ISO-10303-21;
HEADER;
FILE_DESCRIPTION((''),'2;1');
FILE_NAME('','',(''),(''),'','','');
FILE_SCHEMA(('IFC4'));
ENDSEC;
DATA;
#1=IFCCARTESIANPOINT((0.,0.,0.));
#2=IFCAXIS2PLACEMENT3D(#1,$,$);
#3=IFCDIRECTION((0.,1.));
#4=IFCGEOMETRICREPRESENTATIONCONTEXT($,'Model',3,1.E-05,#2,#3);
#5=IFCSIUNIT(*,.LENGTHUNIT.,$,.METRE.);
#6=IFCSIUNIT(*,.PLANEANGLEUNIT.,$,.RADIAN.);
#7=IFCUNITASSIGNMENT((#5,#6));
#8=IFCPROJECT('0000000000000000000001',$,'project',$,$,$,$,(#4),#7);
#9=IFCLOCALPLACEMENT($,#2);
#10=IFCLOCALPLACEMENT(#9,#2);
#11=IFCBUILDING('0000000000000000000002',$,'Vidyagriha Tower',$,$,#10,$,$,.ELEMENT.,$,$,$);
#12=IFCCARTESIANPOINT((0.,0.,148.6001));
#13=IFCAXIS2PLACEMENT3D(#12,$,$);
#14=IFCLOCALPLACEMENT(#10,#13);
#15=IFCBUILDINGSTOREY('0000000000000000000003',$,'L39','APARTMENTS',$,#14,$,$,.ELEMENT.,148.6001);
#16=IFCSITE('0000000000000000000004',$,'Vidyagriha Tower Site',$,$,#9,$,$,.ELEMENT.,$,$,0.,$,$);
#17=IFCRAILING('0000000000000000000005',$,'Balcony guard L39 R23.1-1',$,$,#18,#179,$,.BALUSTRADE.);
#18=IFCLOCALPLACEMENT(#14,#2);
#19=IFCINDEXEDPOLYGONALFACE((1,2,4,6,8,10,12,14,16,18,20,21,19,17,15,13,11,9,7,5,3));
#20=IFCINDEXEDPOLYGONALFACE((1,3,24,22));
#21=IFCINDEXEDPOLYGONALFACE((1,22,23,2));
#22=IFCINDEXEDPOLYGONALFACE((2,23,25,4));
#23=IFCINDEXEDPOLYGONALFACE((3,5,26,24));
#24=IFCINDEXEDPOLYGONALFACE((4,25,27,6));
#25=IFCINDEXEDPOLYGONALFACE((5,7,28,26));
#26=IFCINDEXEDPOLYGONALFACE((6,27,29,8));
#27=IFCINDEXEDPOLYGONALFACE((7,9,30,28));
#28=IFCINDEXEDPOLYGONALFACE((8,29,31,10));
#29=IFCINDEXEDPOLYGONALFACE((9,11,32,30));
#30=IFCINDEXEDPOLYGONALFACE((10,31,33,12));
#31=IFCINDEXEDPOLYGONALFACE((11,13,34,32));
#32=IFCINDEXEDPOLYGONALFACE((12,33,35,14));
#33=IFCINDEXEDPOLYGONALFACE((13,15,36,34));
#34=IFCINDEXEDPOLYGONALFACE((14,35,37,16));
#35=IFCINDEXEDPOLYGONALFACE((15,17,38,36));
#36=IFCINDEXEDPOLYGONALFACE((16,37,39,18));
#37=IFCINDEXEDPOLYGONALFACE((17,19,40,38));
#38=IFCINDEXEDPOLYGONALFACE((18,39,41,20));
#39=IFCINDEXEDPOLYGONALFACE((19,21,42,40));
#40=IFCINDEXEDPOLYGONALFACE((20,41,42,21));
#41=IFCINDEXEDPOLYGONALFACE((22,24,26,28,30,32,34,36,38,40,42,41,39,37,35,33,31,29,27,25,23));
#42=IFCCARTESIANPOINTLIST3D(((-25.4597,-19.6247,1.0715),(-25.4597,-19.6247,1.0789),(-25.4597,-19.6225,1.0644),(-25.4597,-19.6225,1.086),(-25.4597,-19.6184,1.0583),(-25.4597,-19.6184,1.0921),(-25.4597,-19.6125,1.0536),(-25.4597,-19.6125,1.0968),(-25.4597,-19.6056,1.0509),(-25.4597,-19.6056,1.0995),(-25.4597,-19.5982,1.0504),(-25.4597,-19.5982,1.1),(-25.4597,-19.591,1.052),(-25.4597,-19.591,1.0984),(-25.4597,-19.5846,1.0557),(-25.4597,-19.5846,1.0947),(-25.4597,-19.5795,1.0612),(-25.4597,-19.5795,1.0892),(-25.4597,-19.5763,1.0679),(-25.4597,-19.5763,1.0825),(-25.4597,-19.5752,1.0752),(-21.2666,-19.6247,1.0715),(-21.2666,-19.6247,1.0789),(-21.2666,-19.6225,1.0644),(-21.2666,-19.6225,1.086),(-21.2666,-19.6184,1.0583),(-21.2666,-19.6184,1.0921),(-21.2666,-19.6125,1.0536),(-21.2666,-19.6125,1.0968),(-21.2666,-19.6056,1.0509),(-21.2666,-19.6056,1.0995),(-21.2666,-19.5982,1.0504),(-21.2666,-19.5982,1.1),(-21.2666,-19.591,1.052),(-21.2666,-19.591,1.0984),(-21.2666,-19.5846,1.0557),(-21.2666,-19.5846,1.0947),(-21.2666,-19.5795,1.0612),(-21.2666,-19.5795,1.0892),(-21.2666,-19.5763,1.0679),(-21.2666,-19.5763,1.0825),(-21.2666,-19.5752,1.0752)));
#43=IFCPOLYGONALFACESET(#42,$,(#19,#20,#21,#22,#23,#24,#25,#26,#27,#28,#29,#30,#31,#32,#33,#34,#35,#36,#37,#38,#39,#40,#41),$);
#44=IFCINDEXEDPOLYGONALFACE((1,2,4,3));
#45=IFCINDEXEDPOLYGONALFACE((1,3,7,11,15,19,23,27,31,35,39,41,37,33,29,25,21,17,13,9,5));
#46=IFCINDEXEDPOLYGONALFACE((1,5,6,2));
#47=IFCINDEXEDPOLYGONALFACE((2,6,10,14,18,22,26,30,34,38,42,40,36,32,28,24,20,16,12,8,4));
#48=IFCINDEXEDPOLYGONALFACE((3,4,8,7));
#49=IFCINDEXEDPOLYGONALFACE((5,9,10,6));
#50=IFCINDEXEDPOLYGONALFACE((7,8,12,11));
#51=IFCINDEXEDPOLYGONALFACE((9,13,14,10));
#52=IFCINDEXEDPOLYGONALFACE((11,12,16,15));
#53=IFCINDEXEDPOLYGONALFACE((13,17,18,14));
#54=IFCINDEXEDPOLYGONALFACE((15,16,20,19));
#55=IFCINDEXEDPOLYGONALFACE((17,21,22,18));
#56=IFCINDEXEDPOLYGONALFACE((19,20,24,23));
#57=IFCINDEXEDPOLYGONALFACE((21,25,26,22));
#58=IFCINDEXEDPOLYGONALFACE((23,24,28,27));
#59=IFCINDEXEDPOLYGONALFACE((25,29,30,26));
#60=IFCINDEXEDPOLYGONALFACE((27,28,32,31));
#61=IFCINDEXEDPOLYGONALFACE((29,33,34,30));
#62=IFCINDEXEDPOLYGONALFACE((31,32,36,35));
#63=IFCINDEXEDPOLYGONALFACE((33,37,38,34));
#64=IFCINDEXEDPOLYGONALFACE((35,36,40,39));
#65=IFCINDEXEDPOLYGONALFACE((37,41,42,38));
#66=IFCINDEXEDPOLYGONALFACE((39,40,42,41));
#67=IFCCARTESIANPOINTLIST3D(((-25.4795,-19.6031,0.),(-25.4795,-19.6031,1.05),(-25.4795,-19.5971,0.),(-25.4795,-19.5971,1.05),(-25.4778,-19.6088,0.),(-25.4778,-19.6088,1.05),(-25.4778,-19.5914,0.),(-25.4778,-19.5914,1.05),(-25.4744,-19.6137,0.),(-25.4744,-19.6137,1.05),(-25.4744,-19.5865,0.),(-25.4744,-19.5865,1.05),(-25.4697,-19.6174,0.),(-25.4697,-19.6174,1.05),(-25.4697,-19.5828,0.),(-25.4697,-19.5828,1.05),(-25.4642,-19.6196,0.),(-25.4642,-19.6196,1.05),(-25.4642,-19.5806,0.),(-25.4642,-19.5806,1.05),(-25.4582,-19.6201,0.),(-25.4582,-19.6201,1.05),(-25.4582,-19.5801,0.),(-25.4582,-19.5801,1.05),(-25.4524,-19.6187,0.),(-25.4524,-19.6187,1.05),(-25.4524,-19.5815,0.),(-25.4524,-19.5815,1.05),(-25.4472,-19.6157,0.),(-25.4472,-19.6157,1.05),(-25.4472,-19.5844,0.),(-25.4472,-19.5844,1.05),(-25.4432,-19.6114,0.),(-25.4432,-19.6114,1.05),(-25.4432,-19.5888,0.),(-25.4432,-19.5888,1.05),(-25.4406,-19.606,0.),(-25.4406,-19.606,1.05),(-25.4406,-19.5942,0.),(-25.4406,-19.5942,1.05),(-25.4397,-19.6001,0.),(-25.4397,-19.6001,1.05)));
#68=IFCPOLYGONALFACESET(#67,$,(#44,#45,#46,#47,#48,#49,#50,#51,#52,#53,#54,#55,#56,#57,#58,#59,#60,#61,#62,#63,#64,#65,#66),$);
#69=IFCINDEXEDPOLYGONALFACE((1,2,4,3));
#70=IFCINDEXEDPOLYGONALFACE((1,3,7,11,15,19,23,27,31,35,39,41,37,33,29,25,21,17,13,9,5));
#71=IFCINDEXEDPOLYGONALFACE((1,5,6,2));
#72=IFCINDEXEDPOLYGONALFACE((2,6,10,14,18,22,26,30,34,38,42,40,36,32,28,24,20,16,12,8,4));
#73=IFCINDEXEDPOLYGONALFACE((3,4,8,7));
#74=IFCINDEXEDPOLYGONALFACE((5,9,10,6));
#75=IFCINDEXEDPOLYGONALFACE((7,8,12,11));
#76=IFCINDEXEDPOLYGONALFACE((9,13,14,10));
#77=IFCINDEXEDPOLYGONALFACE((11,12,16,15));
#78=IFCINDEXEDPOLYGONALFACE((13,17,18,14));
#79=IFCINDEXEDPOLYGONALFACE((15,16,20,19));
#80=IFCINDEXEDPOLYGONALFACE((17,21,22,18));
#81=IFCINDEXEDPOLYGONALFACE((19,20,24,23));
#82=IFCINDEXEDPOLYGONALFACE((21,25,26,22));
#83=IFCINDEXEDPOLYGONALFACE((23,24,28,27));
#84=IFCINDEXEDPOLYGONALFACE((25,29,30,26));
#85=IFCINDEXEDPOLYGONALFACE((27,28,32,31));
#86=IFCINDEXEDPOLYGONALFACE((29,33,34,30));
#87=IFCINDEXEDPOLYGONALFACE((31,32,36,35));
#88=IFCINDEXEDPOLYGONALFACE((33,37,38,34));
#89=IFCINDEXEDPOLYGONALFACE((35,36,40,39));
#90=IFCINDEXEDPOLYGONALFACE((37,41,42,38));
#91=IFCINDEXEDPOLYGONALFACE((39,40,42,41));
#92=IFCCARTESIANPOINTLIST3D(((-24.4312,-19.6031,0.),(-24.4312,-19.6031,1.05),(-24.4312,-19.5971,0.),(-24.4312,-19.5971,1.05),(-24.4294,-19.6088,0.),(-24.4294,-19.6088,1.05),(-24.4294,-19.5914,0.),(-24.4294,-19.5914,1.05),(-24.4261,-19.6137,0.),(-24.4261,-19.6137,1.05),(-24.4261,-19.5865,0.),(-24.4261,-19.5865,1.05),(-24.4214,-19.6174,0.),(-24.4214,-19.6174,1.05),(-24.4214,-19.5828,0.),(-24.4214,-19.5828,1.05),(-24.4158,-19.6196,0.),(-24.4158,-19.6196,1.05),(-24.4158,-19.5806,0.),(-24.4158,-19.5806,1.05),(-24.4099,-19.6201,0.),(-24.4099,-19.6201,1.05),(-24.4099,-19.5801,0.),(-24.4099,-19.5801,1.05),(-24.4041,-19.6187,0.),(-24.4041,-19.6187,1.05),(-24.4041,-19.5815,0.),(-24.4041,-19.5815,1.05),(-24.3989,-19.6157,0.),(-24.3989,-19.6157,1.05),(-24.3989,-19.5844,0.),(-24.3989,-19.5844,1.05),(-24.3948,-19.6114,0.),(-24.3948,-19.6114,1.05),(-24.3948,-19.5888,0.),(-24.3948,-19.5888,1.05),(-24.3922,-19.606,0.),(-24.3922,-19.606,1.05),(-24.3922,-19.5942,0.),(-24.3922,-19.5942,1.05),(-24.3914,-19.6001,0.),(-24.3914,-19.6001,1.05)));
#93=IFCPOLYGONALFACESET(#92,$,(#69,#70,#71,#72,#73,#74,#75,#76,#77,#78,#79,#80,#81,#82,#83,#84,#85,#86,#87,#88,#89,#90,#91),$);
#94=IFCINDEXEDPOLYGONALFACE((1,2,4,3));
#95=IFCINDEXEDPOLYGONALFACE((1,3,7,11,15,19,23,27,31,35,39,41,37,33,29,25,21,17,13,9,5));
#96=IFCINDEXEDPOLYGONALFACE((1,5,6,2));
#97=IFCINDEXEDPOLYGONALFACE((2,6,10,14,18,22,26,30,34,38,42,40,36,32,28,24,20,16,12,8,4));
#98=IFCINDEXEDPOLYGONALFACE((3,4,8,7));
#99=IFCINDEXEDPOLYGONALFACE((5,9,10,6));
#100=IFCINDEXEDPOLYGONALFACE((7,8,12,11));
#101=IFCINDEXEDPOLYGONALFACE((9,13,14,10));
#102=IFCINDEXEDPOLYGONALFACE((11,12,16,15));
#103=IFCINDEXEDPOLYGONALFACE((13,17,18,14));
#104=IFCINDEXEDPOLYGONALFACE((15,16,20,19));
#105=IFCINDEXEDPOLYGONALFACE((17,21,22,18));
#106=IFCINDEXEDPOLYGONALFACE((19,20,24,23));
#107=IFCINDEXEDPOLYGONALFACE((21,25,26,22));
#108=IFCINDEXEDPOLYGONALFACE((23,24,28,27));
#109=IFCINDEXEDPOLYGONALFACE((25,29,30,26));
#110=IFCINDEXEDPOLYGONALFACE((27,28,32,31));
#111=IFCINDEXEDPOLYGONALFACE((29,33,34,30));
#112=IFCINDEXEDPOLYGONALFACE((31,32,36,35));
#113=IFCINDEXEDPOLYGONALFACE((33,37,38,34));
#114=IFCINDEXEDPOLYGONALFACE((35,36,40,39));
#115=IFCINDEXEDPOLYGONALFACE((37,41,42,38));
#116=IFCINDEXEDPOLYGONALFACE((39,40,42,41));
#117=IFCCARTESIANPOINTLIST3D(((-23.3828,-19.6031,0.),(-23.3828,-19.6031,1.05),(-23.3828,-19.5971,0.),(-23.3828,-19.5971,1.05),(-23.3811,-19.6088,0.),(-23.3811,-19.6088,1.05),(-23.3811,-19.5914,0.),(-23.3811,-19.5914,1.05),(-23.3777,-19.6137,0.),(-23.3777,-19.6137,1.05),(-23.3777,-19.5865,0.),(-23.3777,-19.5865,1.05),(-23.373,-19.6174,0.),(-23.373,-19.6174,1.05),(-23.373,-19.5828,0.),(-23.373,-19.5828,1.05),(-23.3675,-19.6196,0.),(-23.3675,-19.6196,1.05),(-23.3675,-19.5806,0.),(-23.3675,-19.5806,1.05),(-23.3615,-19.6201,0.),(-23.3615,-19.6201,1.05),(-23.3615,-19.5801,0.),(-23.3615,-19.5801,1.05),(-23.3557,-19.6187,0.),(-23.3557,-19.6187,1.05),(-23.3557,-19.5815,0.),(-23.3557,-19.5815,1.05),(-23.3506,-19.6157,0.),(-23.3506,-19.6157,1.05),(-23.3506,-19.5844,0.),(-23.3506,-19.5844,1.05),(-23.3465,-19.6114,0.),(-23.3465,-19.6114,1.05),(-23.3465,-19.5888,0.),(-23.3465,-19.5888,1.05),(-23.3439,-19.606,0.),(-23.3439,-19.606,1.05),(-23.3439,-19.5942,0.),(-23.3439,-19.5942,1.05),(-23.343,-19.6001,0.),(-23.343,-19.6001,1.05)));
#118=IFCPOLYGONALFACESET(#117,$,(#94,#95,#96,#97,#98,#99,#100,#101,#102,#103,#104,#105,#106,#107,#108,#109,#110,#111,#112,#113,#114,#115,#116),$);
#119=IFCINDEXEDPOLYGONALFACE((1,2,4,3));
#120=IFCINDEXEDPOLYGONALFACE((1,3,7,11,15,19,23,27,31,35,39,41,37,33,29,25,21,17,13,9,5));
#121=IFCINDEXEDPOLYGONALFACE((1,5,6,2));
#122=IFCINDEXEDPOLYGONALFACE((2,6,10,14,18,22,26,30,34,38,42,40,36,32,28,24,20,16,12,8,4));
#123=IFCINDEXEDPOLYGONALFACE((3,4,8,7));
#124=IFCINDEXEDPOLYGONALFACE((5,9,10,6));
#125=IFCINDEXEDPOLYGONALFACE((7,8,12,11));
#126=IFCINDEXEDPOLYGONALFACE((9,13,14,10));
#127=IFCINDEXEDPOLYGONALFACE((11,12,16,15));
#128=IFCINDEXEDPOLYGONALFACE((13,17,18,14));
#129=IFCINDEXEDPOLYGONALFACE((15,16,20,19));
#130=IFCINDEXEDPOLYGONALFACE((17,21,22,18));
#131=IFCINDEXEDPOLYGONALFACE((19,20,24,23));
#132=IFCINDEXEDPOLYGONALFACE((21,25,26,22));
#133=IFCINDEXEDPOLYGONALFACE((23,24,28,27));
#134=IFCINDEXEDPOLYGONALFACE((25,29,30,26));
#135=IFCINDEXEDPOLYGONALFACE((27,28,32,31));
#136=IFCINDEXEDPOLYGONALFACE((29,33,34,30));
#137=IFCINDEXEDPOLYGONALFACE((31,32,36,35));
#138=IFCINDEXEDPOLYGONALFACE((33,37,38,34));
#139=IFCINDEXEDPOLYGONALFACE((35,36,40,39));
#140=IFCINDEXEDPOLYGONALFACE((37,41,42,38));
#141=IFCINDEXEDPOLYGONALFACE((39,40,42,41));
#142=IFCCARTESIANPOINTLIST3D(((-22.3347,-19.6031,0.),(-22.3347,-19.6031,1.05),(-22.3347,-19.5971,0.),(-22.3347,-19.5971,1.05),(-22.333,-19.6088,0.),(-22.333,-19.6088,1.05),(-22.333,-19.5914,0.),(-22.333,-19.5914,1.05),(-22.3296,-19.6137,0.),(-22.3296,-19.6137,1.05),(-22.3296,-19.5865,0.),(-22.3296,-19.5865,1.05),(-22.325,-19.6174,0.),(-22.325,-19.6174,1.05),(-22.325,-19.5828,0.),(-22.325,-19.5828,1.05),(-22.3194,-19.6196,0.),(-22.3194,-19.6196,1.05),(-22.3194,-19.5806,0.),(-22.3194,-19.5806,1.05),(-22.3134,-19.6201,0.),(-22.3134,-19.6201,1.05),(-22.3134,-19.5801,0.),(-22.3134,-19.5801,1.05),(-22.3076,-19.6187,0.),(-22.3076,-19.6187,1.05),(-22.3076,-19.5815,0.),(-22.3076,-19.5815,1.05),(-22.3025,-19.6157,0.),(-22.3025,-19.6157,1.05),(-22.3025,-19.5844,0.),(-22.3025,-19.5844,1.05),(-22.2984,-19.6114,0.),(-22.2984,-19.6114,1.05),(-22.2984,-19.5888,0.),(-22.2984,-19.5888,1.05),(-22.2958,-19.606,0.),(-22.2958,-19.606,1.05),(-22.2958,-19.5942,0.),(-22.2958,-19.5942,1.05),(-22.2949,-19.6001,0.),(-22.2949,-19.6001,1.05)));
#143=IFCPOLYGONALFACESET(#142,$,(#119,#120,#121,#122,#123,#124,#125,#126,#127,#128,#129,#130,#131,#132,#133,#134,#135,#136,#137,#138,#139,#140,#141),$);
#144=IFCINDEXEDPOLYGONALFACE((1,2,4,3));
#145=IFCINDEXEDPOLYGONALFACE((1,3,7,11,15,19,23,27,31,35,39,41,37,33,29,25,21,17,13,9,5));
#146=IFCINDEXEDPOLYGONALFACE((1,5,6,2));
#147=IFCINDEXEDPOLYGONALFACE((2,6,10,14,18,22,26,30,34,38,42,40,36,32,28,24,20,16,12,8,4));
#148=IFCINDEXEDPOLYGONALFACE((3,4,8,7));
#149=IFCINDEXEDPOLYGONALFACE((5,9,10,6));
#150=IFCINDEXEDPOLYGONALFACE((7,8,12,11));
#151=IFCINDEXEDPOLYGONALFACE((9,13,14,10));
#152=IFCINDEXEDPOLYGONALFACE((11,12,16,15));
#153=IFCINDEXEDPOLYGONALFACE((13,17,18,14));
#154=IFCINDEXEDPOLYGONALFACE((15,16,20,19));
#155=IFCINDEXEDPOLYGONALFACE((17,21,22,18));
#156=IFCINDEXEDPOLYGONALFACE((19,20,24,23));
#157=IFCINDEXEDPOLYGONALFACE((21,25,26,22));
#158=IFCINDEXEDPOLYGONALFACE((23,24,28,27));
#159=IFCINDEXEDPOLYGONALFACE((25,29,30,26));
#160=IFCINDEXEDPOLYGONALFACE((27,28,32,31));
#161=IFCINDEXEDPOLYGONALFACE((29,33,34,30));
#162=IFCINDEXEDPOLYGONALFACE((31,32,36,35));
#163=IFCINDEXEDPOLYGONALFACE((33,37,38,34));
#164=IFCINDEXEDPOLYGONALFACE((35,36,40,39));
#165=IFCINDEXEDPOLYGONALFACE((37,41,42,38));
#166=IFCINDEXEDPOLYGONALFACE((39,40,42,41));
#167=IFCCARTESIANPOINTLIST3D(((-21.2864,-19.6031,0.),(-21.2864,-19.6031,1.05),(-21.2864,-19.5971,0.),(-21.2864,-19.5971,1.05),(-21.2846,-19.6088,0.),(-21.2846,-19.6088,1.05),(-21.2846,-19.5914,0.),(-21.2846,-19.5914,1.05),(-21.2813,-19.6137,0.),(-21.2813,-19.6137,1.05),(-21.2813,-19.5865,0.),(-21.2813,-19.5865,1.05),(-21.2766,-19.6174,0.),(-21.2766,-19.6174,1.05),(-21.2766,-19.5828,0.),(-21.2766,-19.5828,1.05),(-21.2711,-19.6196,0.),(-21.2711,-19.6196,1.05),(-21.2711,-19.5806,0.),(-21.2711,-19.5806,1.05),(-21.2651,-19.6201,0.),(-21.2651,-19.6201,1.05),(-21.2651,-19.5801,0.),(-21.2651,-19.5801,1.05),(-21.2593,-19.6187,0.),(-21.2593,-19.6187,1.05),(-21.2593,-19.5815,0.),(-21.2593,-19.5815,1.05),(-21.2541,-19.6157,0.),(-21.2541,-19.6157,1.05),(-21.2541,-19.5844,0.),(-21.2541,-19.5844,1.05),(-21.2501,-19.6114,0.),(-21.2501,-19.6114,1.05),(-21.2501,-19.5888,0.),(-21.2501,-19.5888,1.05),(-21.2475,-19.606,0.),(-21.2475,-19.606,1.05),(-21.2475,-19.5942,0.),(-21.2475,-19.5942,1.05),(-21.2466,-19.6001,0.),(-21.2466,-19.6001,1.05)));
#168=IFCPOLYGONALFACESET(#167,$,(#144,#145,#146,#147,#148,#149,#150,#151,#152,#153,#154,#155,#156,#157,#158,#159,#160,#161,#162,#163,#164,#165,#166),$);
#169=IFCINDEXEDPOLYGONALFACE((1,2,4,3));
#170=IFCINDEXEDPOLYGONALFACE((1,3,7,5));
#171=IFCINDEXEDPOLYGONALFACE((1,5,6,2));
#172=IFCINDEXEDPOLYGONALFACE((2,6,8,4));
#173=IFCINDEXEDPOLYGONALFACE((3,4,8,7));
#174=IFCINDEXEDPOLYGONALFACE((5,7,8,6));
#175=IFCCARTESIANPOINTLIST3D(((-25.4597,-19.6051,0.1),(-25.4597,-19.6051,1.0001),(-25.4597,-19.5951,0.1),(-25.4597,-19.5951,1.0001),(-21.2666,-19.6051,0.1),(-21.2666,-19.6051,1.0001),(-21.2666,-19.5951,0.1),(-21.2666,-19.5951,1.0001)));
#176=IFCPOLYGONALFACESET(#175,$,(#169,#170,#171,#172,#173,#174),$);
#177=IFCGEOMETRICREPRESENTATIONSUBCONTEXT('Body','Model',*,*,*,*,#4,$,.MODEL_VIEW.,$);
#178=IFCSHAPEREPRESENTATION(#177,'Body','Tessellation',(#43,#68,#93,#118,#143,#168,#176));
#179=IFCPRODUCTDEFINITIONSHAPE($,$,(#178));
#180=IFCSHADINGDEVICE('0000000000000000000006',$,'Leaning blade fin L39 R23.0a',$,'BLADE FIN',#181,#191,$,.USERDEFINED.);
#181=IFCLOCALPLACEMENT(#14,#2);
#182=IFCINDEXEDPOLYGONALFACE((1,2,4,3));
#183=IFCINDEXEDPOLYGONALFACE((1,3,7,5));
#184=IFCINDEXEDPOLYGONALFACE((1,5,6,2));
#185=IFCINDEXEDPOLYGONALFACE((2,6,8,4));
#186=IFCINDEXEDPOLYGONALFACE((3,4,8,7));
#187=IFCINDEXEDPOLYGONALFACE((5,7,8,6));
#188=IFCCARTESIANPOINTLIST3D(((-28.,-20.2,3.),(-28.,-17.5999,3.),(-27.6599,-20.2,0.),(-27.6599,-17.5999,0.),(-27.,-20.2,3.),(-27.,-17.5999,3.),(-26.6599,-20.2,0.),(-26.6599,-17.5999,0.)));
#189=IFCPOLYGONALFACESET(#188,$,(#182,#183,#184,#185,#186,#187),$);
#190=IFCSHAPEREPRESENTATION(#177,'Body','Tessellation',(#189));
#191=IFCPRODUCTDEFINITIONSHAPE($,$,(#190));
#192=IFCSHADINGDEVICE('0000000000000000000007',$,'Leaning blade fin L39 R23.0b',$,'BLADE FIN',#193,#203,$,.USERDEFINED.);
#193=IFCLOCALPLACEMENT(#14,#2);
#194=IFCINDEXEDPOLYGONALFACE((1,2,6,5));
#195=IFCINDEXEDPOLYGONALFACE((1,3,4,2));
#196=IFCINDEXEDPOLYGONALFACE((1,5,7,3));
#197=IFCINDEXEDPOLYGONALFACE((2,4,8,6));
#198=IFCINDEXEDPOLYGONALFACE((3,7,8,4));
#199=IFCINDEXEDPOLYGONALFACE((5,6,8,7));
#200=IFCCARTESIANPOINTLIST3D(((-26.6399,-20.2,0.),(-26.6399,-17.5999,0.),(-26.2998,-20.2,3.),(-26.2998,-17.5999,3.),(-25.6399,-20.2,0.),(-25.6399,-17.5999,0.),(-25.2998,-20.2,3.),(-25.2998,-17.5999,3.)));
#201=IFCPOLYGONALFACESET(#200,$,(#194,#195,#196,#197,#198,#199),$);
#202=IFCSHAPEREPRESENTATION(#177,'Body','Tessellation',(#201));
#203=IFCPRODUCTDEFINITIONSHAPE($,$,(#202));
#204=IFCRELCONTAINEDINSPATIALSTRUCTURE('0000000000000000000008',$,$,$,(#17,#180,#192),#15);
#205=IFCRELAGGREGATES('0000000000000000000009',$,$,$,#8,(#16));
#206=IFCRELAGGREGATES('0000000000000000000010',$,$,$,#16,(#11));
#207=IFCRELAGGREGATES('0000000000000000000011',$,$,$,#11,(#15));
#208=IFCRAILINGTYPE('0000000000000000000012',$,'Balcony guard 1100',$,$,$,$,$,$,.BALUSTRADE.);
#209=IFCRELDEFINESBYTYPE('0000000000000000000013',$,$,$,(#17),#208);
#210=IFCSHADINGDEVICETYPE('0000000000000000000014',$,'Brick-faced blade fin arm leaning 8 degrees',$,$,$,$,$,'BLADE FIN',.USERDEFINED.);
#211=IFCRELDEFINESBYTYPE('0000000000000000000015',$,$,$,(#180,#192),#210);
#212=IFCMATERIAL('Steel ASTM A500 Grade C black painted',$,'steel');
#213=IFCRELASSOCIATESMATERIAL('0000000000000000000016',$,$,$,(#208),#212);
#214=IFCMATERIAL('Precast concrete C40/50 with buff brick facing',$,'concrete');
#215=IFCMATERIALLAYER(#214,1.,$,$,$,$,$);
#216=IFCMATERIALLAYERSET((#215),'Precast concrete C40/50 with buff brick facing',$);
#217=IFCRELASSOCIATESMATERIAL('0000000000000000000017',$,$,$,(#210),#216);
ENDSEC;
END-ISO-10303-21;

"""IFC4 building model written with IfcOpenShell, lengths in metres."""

from ifc_helpers import new_model, si_unit, direction, frame, origin, origin_2d, place, context, subcontext, project, spatial, polyline, rectangle, circle, outline, extrude, material, layer, layer_set, type_object, element, save


model = new_model("IFC4")

# Units and contexts
model_context = context("Model", 3, precision=1e-05, world=origin(), true_north=direction((0.0, 1.0)))
body_context = subcontext(model_context, "Body", "Model", "MODEL_VIEW")
ifc_project = project(units=[si_unit("LENGTHUNIT", "METRE"), si_unit("PLANEANGLEUNIT", "RADIAN")], contexts=[model_context])

# Site, building, storey
site_placement = place(None, origin())
site = spatial("IfcSite", under=ifc_project, at=site_placement, Name="Vidyagriha Tower Site", CompositionType="ELEMENT", RefElevation=0.0)
building_placement = place(site_placement, origin())
building = spatial("IfcBuilding", under=site, at=building_placement, Name="Vidyagriha Tower", CompositionType="ELEMENT")
storey_placement = place(building_placement, frame((0.0, 0.0, 148.6001)))
storey = spatial("IfcBuildingStorey", under=building, at=storey_placement, Name="L39", Description="APARTMENTS", CompositionType="ELEMENT", Elevation=148.6001)

# Railing
ifc_material_1 = material(Name="Steel ASTM A500 Grade C black painted", Category="steel")
railing_type_1 = type_object("IfcRailingType", Name="Balcony guard 1100", PredefinedType="BALUSTRADE", material=ifc_material_1)
railing_1_placement = place(storey_placement, frame((-25.4597, -19.6001, 0.0)))
element("IfcRailing", 1, at=railing_1_placement, inside=storey, type_object=railing_type_1, Name="Balcony guard L39 R23.1-1", PredefinedType="BALUSTRADE", context=body_context, shape_type="SweptSolid", body=[
    extrude(circle(Radius=0.0249, at=origin_2d()), frame((0.0, 0.0, 1.0752), z_axis=(1.0, 0.0, 0.0), x_axis=(0.0, 1.0, 0.0)), (0.0, 0.0, 1.0), 4.1931),
    extrude(circle(Radius=0.02, at=origin_2d()), origin(), (0.0, 0.0, 1.0), 1.05),
    extrude(circle(Radius=0.02, at=origin_2d()), frame((1.0483, 0.0, 0.0)), (0.0, 0.0, 1.0), 1.05),
    extrude(circle(Radius=0.02, at=origin_2d()), frame((2.0967, 0.0, 0.0)), (0.0, 0.0, 1.0), 1.05),
    extrude(circle(Radius=0.02, at=origin_2d()), frame((3.1448, 0.0, 0.0)), (0.0, 0.0, 1.0), 1.05),
    extrude(circle(Radius=0.02, at=origin_2d()), frame((4.1931, 0.0, 0.0)), (0.0, 0.0, 1.0), 1.05),
    extrude(rectangle(XDim=0.01, YDim=0.9001, at=origin_2d()), frame((0.0, 0.0, 0.55), z_axis=(1.0, 0.0, 0.0), x_axis=(0.0, 1.0, 0.0)), (0.0, 0.0, 1.0), 4.1931),
])

# Shading devices
ifc_material_2 = material(Name="Precast concrete C40/50 with buff brick facing", Category="concrete")
ifc_layer_1 = layer(ifc_material_2, 1.0)
ifc_layer_set_1 = layer_set([ifc_layer_1], Name="Precast concrete C40/50 with buff brick facing")
shading_device_type = type_object("IfcShadingDeviceType", Name="Brick-faced blade fin arm leaning 8 degrees", ElementType="BLADE FIN", PredefinedType="USERDEFINED", material=ifc_layer_set_1)
shading_device_1_placement = place(storey_placement, frame((-28.0, -18.8999, 0.0)))
element("IfcShadingDevice", 2, at=shading_device_1_placement, inside=storey, type_object=shading_device_type, Name="Leaning blade fin L39 R23.0a", ObjectType="BLADE FIN", PredefinedType="USERDEFINED", context=body_context, shape_type="SweptSolid", body=[
    extrude(outline(polyline([(0.3401, 0.0), (1.3401, 0.0), (1.0, 3.0), (0.0, 3.0), (0.3401, 0.0)])), frame((0.0, 1.3, 0.0), z_axis=(0.0, -1.0, 0.0), x_axis=(1.0, 0.0, 0.0)), (0.0, 0.0, 1.0), 2.6001),
])
shading_device_2_placement = place(storey_placement, frame((-26.6399, -18.8999, 0.0)))
element("IfcShadingDevice", 3, at=shading_device_2_placement, inside=storey, type_object=shading_device_type, Name="Leaning blade fin L39 R23.0b", ObjectType="BLADE FIN", PredefinedType="USERDEFINED", context=body_context, shape_type="SweptSolid", body=[
    extrude(outline(polyline([(0.0, 0.0), (1.0, 0.0), (1.3401, 3.0), (0.3401, 3.0), (0.0, 0.0)])), frame((0.0, 1.3, 0.0), z_axis=(0.0, -1.0, 0.0), x_axis=(1.0, 0.0, 0.0)), (0.0, 0.0, 1.0), 2.6001),
])

save(model, "model.ifc")
